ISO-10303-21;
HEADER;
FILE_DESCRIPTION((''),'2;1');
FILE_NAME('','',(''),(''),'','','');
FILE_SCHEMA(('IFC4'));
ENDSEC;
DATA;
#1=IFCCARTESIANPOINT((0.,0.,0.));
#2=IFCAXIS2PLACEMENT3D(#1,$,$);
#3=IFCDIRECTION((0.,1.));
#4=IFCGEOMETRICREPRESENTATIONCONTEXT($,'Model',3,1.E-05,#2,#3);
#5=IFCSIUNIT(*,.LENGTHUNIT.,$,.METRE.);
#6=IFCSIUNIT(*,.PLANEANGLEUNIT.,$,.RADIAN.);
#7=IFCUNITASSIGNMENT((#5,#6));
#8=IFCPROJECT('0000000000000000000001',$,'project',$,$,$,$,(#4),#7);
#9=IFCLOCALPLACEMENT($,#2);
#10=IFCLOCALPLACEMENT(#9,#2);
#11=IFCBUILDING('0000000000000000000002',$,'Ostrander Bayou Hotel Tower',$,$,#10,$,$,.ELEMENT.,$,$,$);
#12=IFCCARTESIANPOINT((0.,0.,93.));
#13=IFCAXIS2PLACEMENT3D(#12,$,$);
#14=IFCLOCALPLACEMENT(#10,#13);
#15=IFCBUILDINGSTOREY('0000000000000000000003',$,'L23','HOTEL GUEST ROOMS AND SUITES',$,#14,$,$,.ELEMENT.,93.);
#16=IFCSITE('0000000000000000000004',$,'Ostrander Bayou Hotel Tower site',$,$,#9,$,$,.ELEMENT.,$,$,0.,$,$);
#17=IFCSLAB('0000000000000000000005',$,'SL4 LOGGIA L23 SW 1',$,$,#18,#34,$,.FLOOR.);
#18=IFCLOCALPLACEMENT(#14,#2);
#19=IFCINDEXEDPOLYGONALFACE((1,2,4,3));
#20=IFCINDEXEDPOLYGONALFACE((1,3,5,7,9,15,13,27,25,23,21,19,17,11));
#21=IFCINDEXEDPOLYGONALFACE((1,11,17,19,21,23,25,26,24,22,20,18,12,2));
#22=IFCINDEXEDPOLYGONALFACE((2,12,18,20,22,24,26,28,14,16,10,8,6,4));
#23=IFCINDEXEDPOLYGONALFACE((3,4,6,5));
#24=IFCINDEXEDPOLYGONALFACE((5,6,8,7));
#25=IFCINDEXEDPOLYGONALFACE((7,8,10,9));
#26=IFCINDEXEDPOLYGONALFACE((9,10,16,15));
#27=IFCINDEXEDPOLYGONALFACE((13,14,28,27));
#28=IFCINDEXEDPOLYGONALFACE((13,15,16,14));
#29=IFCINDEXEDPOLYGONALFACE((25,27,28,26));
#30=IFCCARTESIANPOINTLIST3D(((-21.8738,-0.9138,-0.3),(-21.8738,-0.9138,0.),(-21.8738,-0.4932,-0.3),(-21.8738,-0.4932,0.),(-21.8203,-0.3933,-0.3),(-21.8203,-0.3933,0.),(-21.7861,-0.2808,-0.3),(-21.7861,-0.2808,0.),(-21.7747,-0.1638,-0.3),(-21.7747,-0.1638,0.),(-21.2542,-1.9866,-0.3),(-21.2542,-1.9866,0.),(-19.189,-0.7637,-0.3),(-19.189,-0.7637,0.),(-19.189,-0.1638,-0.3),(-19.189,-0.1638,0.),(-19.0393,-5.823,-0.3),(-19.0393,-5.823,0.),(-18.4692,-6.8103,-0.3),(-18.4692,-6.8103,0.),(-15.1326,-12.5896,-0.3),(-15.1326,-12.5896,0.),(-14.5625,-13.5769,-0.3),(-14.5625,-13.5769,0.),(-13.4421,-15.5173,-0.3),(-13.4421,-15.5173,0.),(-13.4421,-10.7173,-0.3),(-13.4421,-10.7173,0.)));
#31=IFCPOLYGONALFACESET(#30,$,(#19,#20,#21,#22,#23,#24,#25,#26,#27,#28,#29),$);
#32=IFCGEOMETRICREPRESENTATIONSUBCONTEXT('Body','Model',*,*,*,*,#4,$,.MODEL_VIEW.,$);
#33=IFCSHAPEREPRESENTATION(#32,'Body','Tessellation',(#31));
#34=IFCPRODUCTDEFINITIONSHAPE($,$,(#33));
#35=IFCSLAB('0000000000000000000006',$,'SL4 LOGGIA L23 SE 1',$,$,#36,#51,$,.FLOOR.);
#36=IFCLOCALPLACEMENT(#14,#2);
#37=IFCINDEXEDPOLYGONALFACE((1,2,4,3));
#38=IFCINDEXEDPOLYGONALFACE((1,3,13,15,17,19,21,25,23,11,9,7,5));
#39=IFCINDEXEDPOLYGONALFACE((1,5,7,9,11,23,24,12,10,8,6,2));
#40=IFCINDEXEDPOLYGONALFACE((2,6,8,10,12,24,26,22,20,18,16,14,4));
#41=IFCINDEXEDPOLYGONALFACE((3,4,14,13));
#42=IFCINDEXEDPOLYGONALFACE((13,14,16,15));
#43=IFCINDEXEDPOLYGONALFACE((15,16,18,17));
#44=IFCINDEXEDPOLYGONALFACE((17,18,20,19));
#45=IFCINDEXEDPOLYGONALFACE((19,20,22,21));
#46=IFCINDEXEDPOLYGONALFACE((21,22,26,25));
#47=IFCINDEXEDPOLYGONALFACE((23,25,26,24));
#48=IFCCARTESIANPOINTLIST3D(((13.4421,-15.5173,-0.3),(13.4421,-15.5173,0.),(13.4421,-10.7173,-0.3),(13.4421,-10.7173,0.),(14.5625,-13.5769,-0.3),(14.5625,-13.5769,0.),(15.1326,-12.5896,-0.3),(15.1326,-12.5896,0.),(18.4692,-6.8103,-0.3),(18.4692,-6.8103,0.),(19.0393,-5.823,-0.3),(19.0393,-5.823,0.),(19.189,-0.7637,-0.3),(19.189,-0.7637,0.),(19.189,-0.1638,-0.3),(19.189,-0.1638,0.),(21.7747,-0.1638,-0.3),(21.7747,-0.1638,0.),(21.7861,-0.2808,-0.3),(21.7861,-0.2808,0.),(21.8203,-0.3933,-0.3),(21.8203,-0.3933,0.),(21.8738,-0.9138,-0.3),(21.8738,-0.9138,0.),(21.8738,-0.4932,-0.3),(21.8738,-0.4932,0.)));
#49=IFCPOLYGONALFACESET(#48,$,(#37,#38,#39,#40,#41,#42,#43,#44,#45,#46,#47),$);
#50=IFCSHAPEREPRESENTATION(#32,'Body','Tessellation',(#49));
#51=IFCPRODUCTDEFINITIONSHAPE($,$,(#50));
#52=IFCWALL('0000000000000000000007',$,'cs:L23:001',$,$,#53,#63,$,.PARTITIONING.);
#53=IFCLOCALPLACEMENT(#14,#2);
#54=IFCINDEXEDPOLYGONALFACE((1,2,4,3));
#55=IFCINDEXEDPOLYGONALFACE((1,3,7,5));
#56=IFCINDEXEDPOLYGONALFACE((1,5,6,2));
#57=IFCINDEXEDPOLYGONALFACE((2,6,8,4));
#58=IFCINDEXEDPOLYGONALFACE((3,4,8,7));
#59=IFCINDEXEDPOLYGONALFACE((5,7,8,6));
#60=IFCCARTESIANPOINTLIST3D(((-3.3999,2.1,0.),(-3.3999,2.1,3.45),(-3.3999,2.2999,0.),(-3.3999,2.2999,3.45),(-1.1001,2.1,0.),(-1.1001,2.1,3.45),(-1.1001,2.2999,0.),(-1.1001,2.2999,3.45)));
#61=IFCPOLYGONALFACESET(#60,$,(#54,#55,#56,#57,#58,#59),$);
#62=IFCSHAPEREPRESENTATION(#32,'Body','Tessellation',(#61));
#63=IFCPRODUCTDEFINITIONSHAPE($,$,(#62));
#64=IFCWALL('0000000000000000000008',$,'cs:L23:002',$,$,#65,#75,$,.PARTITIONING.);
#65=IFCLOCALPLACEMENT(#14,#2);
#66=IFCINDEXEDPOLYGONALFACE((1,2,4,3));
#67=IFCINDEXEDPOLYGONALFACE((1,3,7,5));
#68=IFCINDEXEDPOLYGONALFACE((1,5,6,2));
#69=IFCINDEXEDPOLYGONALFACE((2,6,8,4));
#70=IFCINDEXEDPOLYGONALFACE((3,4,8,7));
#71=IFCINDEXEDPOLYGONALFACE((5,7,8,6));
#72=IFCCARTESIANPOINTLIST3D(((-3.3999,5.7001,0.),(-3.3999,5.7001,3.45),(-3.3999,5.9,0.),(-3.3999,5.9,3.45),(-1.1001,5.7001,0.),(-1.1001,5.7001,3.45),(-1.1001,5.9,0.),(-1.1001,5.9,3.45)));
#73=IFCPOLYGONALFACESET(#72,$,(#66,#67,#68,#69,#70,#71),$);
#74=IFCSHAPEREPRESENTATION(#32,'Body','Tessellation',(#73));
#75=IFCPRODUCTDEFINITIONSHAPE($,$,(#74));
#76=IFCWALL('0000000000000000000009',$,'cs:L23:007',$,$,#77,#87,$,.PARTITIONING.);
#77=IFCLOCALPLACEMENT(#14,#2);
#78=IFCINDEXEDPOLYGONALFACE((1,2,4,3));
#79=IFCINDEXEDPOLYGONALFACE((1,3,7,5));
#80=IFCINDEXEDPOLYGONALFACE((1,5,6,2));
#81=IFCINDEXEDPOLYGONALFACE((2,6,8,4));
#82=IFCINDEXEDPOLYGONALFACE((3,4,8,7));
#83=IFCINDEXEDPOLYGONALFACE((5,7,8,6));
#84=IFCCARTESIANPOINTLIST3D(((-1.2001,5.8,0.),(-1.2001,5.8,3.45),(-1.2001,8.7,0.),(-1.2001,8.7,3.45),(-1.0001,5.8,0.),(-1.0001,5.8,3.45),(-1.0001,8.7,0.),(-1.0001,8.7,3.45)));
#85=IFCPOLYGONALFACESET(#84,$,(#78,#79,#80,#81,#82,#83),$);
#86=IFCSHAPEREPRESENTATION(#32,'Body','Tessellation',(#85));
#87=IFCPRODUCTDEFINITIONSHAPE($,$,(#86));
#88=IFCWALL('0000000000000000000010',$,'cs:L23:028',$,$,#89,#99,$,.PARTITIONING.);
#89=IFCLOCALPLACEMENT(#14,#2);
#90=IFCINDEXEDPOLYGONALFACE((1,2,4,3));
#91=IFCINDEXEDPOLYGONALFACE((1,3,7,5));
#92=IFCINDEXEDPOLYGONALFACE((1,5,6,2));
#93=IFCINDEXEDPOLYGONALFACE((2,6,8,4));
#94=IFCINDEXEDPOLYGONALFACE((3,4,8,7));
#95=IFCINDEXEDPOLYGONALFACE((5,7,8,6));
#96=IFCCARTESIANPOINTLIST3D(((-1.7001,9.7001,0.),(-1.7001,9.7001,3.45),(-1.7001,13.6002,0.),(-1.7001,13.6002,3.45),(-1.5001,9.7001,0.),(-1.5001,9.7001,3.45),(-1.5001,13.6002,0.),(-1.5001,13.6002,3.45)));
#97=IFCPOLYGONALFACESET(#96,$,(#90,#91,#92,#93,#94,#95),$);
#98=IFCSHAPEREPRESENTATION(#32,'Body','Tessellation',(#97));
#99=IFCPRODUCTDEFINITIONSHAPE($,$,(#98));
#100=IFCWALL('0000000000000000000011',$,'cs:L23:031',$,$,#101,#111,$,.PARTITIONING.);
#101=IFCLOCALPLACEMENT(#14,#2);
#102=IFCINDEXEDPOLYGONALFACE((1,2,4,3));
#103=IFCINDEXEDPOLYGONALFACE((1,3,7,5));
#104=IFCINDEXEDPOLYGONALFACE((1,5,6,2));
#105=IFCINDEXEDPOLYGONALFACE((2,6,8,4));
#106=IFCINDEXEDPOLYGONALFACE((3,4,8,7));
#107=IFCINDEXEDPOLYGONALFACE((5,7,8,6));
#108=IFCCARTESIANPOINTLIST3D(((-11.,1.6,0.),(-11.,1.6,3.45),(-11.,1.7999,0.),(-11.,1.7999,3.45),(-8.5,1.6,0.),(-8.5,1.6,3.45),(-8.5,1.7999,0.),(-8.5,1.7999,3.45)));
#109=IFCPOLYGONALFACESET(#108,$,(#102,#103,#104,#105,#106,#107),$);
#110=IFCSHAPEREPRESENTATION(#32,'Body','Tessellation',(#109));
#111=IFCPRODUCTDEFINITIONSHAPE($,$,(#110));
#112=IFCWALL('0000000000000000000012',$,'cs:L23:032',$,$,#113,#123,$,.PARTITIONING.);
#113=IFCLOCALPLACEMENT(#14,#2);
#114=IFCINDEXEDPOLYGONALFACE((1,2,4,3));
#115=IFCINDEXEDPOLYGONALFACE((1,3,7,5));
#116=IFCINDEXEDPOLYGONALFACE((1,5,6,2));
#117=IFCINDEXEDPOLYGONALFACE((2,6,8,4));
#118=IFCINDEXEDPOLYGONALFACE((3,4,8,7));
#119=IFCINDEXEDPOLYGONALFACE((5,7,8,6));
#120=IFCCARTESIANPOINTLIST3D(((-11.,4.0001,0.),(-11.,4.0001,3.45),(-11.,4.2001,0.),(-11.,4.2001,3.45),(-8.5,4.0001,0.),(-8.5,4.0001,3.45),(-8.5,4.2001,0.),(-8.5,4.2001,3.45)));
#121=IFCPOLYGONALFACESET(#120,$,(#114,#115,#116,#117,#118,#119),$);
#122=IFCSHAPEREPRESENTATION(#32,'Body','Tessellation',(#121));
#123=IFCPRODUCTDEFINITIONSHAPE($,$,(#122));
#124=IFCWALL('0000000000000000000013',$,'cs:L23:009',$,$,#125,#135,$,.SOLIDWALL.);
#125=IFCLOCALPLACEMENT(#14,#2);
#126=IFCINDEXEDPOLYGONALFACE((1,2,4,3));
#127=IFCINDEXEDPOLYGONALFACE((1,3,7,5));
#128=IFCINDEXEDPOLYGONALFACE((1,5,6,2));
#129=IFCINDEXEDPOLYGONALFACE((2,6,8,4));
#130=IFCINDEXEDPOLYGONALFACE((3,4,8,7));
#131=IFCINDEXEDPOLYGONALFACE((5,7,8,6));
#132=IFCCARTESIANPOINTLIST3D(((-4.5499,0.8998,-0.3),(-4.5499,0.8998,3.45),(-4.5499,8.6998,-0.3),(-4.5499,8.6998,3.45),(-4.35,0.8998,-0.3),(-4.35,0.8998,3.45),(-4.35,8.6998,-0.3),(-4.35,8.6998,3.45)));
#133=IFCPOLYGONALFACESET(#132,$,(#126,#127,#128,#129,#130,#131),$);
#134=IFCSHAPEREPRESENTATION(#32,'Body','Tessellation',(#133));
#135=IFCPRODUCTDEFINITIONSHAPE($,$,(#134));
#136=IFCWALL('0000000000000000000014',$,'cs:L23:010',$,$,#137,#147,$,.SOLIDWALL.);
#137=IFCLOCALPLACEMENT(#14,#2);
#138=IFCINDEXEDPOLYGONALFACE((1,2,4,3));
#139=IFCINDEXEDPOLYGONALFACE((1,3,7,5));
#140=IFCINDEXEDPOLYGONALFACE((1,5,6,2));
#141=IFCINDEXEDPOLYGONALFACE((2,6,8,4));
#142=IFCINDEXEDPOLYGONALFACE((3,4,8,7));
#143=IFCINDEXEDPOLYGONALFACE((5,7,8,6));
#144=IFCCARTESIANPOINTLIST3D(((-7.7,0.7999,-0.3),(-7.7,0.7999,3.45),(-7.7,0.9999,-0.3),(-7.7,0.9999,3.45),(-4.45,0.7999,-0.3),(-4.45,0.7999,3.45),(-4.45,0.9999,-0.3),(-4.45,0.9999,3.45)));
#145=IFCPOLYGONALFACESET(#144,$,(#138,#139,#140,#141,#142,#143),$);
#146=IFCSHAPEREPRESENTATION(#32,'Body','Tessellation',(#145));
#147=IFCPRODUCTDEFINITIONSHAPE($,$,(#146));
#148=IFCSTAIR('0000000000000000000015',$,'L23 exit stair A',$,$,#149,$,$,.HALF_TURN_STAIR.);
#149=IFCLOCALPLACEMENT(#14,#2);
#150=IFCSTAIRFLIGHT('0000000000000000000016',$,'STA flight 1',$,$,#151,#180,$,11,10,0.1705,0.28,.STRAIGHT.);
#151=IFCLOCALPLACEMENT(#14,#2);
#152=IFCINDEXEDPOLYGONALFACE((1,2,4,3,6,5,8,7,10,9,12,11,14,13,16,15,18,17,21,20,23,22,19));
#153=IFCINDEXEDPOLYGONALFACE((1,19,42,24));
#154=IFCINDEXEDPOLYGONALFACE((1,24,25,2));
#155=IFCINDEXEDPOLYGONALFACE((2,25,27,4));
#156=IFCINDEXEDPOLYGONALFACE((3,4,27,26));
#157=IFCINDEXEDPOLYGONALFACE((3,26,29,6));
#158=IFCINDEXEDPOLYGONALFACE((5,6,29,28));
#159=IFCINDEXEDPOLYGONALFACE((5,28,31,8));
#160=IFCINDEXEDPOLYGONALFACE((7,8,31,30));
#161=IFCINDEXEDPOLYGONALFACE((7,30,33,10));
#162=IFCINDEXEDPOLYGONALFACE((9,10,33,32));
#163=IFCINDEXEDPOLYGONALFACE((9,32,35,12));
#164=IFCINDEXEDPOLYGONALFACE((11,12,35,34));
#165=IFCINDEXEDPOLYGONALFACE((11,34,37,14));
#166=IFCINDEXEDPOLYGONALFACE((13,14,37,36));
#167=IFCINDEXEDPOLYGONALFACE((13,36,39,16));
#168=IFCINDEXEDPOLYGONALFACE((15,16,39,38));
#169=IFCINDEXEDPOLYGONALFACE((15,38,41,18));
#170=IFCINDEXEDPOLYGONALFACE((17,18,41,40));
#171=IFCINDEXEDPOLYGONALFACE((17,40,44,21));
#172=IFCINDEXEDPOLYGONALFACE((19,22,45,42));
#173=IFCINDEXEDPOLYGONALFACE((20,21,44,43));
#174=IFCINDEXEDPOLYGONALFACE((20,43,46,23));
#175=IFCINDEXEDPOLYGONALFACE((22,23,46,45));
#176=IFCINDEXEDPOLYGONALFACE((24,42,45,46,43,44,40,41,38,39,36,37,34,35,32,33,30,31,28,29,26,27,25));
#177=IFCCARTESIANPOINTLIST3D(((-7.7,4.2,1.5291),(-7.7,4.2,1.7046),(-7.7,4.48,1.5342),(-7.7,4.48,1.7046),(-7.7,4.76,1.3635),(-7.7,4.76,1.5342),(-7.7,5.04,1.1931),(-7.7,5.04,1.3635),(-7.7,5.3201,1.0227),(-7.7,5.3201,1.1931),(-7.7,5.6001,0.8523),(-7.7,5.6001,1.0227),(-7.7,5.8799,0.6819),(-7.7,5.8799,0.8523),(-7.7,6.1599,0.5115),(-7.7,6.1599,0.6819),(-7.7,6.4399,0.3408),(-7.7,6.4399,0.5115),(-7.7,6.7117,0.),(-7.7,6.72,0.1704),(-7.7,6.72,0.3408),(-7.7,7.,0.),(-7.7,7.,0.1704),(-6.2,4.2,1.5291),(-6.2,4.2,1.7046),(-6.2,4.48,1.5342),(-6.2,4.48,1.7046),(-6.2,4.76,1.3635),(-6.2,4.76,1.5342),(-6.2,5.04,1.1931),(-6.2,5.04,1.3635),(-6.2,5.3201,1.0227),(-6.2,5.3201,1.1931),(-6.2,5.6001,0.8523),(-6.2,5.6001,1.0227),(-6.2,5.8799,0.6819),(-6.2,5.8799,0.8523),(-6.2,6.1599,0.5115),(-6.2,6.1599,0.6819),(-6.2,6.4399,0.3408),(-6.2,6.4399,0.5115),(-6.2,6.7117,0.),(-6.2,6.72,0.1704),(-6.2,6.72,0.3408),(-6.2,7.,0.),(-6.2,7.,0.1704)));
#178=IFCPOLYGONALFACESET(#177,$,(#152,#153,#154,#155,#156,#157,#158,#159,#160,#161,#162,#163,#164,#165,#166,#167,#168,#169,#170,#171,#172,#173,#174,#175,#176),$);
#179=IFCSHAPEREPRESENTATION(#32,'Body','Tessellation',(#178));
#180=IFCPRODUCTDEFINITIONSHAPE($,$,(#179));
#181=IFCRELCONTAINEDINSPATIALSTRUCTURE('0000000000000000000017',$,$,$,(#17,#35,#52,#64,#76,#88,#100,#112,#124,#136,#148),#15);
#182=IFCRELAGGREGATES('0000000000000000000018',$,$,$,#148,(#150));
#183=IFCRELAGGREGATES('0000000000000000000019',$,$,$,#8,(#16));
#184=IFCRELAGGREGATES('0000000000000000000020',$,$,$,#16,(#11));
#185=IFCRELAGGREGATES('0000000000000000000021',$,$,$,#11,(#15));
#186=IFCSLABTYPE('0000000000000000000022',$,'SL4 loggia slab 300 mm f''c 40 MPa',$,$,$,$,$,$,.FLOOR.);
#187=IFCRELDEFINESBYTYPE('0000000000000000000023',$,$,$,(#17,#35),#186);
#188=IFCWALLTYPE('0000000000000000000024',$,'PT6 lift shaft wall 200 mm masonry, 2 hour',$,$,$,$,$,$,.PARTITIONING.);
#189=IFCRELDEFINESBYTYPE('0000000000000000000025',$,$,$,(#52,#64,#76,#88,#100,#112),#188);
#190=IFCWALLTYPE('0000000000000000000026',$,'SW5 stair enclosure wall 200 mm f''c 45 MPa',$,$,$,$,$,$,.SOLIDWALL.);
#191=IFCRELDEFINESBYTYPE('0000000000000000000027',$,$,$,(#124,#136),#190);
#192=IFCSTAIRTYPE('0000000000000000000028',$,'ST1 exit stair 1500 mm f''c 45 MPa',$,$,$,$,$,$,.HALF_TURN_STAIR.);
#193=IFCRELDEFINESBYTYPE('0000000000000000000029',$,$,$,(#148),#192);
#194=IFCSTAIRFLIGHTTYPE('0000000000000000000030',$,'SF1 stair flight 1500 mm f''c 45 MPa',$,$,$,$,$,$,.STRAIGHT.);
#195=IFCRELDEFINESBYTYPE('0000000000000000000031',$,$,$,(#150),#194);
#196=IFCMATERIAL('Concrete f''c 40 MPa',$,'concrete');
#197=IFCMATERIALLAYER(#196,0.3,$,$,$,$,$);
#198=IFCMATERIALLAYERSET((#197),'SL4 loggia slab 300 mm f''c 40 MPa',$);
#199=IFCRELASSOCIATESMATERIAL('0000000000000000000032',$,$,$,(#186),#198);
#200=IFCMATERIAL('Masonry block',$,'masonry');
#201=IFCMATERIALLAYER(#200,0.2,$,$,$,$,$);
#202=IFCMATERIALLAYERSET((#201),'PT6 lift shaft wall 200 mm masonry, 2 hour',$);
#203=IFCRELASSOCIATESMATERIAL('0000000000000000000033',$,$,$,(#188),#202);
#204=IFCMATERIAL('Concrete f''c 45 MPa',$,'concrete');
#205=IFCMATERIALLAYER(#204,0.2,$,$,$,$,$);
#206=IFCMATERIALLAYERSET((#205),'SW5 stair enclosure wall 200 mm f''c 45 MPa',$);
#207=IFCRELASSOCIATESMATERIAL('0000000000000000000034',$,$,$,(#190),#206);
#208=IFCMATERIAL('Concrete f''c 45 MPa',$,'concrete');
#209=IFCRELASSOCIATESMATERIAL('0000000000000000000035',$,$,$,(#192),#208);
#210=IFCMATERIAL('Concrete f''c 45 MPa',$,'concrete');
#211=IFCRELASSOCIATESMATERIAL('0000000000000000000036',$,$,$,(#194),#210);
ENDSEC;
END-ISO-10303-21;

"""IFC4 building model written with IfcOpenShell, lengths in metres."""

from ifc_helpers import new_model, si_unit, direction, frame, frame_2d, origin, place, context, subcontext, project, spatial, polyline, rectangle, outline, extrude, material, layer, layer_set, type_object, element, aggregate, save


model = new_model("IFC4")

# Units and contexts
model_context = context("Model", 3, precision=1e-05, world=origin(), true_north=direction((0.0, 1.0)))
body_context = subcontext(model_context, "Body", "Model", "MODEL_VIEW")
ifc_project = project(units=[si_unit("LENGTHUNIT", "METRE"), si_unit("PLANEANGLEUNIT", "RADIAN")], contexts=[model_context])

# Site, building, storey
site_placement = place(None, origin())
site = spatial("IfcSite", under=ifc_project, at=site_placement, Name="Ostrander Bayou Hotel Tower site", CompositionType="ELEMENT", RefElevation=0.0)
building_placement = place(site_placement, origin())
building = spatial("IfcBuilding", under=site, at=building_placement, Name="Ostrander Bayou Hotel Tower", CompositionType="ELEMENT")
storey_placement = place(building_placement, frame((0.0, 0.0, 93.0)))
storey = spatial("IfcBuildingStorey", under=building, at=storey_placement, Name="L23", Description="HOTEL GUEST ROOMS AND SUITES", CompositionType="ELEMENT", Elevation=93.0)

# Slabs
ifc_material_1 = material(Name="Concrete f'c 40 MPa", Category="concrete")
ifc_layer_1 = layer(ifc_material_1, 0.3)
ifc_layer_set_1 = layer_set([ifc_layer_1], Name="SL4 loggia slab 300 mm f'c 40 MPa")
slab_type = type_object("IfcSlabType", Name="SL4 loggia slab 300 mm f'c 40 MPa", PredefinedType="FLOOR", material=ifc_layer_set_1)
slab_1_placement = place(storey_placement, frame((0.0, 0.0, -0.3)))
element("IfcSlab", 1, at=slab_1_placement, inside=storey, type_object=slab_type, Name="SL4 LOGGIA L23 SW 1", PredefinedType="FLOOR", context=body_context, shape_type="SweptSolid", body=[
    extrude(outline(polyline([(-13.4421, -15.5173), (-14.5625, -13.5769), (-15.1326, -12.5896), (-18.4692, -6.8103), (-19.0393, -5.823), (-21.2542, -1.9866), (-21.8738, -0.9138), (-21.8738, -0.4932), (-21.8203, -0.3933), (-21.7861, -0.2808), (-21.7747, -0.1638), (-19.189, -0.1638), (-19.189, -0.7637), (-13.4421, -10.7173), (-13.4421, -15.5173)])), origin(), (0.0, 0.0, 1.0), 0.3),
])
slab_2_placement = place(storey_placement, frame((0.0, 0.0, -0.3)))
element("IfcSlab", 2, at=slab_2_placement, inside=storey, type_object=slab_type, Name="SL4 LOGGIA L23 SE 1", PredefinedType="FLOOR", context=body_context, shape_type="SweptSolid", body=[
    extrude(outline(polyline([(15.1326, -12.5896), (14.5625, -13.5769), (13.4421, -15.5173), (13.4421, -10.7173), (19.189, -0.7637), (19.189, -0.1638), (21.7747, -0.1638), (21.7861, -0.2808), (21.8203, -0.3933), (21.8738, -0.4932), (21.8738, -0.9138), (19.0393, -5.823), (18.4692, -6.8103), (15.1326, -12.5896)])), origin(), (0.0, 0.0, 1.0), 0.3),
])

# Walls
ifc_material_2 = material(Name="Masonry block", Category="masonry")
ifc_layer_2 = layer(ifc_material_2, 0.2)
ifc_layer_set_2 = layer_set([ifc_layer_2], Name="PT6 lift shaft wall 200 mm masonry, 2 hour")
wall_type_1 = type_object("IfcWallType", Name="PT6 lift shaft wall 200 mm masonry, 2 hour", PredefinedType="PARTITIONING", material=ifc_layer_set_2)
for number, where, z_axis, x_axis, name in (
    (3, (-3.3999, 2.2, 0.0), (0.0, 0.0, 1.0), (1.0, 0.0, 0.0), "cs:L23:001"),
    (4, (-3.3999, 5.8, 0.0), (0.0, 0.0, 1.0), (1.0, 0.0, 0.0), "cs:L23:002"),
):
    element("IfcWall", number, at=place(storey_placement, frame(where, z_axis=z_axis, x_axis=x_axis)), inside=storey, type_object=wall_type_1, Name=name, PredefinedType="PARTITIONING", context=body_context, shape_type="SweptSolid", body=[
        extrude(rectangle(XDim=2.2998, YDim=0.2, at=frame_2d((1.1499, 0.0))), origin(), (0.0, 0.0, 1.0), 3.45),
    ])
wall_1_placement = place(storey_placement, frame((-1.1001, 5.8, 0.0), z_axis=(0.0, 0.0, 1.0), x_axis=(0.0, 1.0, 0.0)))
element("IfcWall", 5, at=wall_1_placement, inside=storey, type_object=wall_type_1, Name="cs:L23:007", PredefinedType="PARTITIONING", context=body_context, shape_type="SweptSolid", body=[
    extrude(rectangle(XDim=2.8999, YDim=0.2, at=frame_2d((1.45, 0.0))), origin(), (0.0, 0.0, 1.0), 3.45),
])
wall_2_placement = place(storey_placement, frame((-1.6001, 9.7, 0.0), z_axis=(0.0, 0.0, 1.0), x_axis=(0.0, 1.0, 0.0)))
element("IfcWall", 6, at=wall_2_placement, inside=storey, type_object=wall_type_1, Name="cs:L23:028", PredefinedType="PARTITIONING", context=body_context, shape_type="SweptSolid", body=[
    extrude(rectangle(XDim=3.9001, YDim=0.2, at=frame_2d((1.9502, 0.0))), origin(), (0.0, 0.0, 1.0), 3.45),
])
for number, where, z_axis, x_axis, name in (
    (7, (-11.0, 1.7, 0.0), (0.0, 0.0, 1.0), (1.0, 0.0, 0.0), "cs:L23:031"),
    (8, (-11.0, 4.1001, 0.0), (0.0, 0.0, 1.0), (1.0, 0.0, 0.0), "cs:L23:032"),
):
    element("IfcWall", number, at=place(storey_placement, frame(where, z_axis=z_axis, x_axis=x_axis)), inside=storey, type_object=wall_type_1, Name=name, PredefinedType="PARTITIONING", context=body_context, shape_type="SweptSolid", body=[
        extrude(rectangle(XDim=2.5, YDim=0.2, at=frame_2d((1.25, 0.0))), origin(), (0.0, 0.0, 1.0), 3.45),
    ])
ifc_material_3 = material(Name="Concrete f'c 45 MPa", Category="concrete")
ifc_layer_3 = layer(ifc_material_3, 0.2)
ifc_layer_set_3 = layer_set([ifc_layer_3], Name="SW5 stair enclosure wall 200 mm f'c 45 MPa")
wall_type_2 = type_object("IfcWallType", Name="SW5 stair enclosure wall 200 mm f'c 45 MPa", PredefinedType="SOLIDWALL", material=ifc_layer_set_3)
wall_3_placement = place(storey_placement, frame((-4.45, 0.8999, -0.3), z_axis=(0.0, 0.0, 1.0), x_axis=(0.0, 1.0, 0.0)))
element("IfcWall", 9, at=wall_3_placement, inside=storey, type_object=wall_type_2, Name="cs:L23:009", PredefinedType="SOLIDWALL", context=body_context, shape_type="SweptSolid", body=[
    extrude(rectangle(XDim=7.8, YDim=0.2, at=frame_2d((3.8999, 0.0))), origin(), (0.0, 0.0, 1.0), 3.75),
])
wall_4_placement = place(storey_placement, frame((-7.7, 0.8999, -0.3), z_axis=(0.0, 0.0, 1.0), x_axis=(1.0, 0.0, 0.0)))
element("IfcWall", 10, at=wall_4_placement, inside=storey, type_object=wall_type_2, Name="cs:L23:010", PredefinedType="SOLIDWALL", context=body_context, shape_type="SweptSolid", body=[
    extrude(rectangle(XDim=3.25, YDim=0.2, at=frame_2d((1.625, 0.0))), origin(), (0.0, 0.0, 1.0), 3.75),
])

# Stair, stair flight
ifc_material_4 = material(Name="Concrete f'c 45 MPa", Category="concrete")
stair_type = type_object("IfcStairType", Name="ST1 exit stair 1500 mm f'c 45 MPa", PredefinedType="HALF_TURN_STAIR", material=ifc_material_4)
stair_placement = place(storey_placement, origin())
stair = element("IfcStair", 11, at=stair_placement, inside=storey, type_object=stair_type, Name="L23 exit stair A", PredefinedType="HALF_TURN_STAIR")
ifc_material_5 = material(Name="Concrete f'c 45 MPa", Category="concrete")
stair_flight_type = type_object("IfcStairFlightType", Name="SF1 stair flight 1500 mm f'c 45 MPa", PredefinedType="STRAIGHT", material=ifc_material_5)
stair_flight_1_placement = place(storey_placement, frame((-6.95, 7.0, 0.0), z_axis=(0.0, 0.0, 1.0), x_axis=(0.0, -1.0, 0.0)))
stair_flight_1 = element("IfcStairFlight", 12, at=stair_flight_1_placement, type_object=stair_flight_type, Name="STA flight 1", NumberOfRisers=11, NumberOfTreads=10, PredefinedType="STRAIGHT", RiserHeight=0.1705, TreadLength=0.28, context=body_context, shape_type="SweptSolid", body=[
    extrude(outline(polyline([(0.0, 0.0), (0.0, 0.1704), (0.28, 0.1704), (0.28, 0.3408), (0.5601, 0.3408), (0.5601, 0.5115), (0.8401, 0.5115), (0.8401, 0.6819), (1.1201, 0.6819), (1.1201, 0.8523), (1.3999, 0.8523), (1.3999, 1.0227), (1.6799, 1.0227), (1.6799, 1.1931), (1.96, 1.1931), (1.96, 1.3635), (2.24, 1.3635), (2.24, 1.5342), (2.52, 1.5342), (2.52, 1.7046), (2.8, 1.7046), (2.8, 1.875), (2.8, 1.5291), (0.2883, 0.0), (0.0, 0.0)])), frame((0.0, 0.75, 0.0), z_axis=(0.0, -1.0, 0.0), x_axis=(1.0, 0.0, 0.0)), (0.0, 0.0, 1.0), 1.5),
])
aggregate(stair, [stair_flight_1])

save(model, "model.ifc")
